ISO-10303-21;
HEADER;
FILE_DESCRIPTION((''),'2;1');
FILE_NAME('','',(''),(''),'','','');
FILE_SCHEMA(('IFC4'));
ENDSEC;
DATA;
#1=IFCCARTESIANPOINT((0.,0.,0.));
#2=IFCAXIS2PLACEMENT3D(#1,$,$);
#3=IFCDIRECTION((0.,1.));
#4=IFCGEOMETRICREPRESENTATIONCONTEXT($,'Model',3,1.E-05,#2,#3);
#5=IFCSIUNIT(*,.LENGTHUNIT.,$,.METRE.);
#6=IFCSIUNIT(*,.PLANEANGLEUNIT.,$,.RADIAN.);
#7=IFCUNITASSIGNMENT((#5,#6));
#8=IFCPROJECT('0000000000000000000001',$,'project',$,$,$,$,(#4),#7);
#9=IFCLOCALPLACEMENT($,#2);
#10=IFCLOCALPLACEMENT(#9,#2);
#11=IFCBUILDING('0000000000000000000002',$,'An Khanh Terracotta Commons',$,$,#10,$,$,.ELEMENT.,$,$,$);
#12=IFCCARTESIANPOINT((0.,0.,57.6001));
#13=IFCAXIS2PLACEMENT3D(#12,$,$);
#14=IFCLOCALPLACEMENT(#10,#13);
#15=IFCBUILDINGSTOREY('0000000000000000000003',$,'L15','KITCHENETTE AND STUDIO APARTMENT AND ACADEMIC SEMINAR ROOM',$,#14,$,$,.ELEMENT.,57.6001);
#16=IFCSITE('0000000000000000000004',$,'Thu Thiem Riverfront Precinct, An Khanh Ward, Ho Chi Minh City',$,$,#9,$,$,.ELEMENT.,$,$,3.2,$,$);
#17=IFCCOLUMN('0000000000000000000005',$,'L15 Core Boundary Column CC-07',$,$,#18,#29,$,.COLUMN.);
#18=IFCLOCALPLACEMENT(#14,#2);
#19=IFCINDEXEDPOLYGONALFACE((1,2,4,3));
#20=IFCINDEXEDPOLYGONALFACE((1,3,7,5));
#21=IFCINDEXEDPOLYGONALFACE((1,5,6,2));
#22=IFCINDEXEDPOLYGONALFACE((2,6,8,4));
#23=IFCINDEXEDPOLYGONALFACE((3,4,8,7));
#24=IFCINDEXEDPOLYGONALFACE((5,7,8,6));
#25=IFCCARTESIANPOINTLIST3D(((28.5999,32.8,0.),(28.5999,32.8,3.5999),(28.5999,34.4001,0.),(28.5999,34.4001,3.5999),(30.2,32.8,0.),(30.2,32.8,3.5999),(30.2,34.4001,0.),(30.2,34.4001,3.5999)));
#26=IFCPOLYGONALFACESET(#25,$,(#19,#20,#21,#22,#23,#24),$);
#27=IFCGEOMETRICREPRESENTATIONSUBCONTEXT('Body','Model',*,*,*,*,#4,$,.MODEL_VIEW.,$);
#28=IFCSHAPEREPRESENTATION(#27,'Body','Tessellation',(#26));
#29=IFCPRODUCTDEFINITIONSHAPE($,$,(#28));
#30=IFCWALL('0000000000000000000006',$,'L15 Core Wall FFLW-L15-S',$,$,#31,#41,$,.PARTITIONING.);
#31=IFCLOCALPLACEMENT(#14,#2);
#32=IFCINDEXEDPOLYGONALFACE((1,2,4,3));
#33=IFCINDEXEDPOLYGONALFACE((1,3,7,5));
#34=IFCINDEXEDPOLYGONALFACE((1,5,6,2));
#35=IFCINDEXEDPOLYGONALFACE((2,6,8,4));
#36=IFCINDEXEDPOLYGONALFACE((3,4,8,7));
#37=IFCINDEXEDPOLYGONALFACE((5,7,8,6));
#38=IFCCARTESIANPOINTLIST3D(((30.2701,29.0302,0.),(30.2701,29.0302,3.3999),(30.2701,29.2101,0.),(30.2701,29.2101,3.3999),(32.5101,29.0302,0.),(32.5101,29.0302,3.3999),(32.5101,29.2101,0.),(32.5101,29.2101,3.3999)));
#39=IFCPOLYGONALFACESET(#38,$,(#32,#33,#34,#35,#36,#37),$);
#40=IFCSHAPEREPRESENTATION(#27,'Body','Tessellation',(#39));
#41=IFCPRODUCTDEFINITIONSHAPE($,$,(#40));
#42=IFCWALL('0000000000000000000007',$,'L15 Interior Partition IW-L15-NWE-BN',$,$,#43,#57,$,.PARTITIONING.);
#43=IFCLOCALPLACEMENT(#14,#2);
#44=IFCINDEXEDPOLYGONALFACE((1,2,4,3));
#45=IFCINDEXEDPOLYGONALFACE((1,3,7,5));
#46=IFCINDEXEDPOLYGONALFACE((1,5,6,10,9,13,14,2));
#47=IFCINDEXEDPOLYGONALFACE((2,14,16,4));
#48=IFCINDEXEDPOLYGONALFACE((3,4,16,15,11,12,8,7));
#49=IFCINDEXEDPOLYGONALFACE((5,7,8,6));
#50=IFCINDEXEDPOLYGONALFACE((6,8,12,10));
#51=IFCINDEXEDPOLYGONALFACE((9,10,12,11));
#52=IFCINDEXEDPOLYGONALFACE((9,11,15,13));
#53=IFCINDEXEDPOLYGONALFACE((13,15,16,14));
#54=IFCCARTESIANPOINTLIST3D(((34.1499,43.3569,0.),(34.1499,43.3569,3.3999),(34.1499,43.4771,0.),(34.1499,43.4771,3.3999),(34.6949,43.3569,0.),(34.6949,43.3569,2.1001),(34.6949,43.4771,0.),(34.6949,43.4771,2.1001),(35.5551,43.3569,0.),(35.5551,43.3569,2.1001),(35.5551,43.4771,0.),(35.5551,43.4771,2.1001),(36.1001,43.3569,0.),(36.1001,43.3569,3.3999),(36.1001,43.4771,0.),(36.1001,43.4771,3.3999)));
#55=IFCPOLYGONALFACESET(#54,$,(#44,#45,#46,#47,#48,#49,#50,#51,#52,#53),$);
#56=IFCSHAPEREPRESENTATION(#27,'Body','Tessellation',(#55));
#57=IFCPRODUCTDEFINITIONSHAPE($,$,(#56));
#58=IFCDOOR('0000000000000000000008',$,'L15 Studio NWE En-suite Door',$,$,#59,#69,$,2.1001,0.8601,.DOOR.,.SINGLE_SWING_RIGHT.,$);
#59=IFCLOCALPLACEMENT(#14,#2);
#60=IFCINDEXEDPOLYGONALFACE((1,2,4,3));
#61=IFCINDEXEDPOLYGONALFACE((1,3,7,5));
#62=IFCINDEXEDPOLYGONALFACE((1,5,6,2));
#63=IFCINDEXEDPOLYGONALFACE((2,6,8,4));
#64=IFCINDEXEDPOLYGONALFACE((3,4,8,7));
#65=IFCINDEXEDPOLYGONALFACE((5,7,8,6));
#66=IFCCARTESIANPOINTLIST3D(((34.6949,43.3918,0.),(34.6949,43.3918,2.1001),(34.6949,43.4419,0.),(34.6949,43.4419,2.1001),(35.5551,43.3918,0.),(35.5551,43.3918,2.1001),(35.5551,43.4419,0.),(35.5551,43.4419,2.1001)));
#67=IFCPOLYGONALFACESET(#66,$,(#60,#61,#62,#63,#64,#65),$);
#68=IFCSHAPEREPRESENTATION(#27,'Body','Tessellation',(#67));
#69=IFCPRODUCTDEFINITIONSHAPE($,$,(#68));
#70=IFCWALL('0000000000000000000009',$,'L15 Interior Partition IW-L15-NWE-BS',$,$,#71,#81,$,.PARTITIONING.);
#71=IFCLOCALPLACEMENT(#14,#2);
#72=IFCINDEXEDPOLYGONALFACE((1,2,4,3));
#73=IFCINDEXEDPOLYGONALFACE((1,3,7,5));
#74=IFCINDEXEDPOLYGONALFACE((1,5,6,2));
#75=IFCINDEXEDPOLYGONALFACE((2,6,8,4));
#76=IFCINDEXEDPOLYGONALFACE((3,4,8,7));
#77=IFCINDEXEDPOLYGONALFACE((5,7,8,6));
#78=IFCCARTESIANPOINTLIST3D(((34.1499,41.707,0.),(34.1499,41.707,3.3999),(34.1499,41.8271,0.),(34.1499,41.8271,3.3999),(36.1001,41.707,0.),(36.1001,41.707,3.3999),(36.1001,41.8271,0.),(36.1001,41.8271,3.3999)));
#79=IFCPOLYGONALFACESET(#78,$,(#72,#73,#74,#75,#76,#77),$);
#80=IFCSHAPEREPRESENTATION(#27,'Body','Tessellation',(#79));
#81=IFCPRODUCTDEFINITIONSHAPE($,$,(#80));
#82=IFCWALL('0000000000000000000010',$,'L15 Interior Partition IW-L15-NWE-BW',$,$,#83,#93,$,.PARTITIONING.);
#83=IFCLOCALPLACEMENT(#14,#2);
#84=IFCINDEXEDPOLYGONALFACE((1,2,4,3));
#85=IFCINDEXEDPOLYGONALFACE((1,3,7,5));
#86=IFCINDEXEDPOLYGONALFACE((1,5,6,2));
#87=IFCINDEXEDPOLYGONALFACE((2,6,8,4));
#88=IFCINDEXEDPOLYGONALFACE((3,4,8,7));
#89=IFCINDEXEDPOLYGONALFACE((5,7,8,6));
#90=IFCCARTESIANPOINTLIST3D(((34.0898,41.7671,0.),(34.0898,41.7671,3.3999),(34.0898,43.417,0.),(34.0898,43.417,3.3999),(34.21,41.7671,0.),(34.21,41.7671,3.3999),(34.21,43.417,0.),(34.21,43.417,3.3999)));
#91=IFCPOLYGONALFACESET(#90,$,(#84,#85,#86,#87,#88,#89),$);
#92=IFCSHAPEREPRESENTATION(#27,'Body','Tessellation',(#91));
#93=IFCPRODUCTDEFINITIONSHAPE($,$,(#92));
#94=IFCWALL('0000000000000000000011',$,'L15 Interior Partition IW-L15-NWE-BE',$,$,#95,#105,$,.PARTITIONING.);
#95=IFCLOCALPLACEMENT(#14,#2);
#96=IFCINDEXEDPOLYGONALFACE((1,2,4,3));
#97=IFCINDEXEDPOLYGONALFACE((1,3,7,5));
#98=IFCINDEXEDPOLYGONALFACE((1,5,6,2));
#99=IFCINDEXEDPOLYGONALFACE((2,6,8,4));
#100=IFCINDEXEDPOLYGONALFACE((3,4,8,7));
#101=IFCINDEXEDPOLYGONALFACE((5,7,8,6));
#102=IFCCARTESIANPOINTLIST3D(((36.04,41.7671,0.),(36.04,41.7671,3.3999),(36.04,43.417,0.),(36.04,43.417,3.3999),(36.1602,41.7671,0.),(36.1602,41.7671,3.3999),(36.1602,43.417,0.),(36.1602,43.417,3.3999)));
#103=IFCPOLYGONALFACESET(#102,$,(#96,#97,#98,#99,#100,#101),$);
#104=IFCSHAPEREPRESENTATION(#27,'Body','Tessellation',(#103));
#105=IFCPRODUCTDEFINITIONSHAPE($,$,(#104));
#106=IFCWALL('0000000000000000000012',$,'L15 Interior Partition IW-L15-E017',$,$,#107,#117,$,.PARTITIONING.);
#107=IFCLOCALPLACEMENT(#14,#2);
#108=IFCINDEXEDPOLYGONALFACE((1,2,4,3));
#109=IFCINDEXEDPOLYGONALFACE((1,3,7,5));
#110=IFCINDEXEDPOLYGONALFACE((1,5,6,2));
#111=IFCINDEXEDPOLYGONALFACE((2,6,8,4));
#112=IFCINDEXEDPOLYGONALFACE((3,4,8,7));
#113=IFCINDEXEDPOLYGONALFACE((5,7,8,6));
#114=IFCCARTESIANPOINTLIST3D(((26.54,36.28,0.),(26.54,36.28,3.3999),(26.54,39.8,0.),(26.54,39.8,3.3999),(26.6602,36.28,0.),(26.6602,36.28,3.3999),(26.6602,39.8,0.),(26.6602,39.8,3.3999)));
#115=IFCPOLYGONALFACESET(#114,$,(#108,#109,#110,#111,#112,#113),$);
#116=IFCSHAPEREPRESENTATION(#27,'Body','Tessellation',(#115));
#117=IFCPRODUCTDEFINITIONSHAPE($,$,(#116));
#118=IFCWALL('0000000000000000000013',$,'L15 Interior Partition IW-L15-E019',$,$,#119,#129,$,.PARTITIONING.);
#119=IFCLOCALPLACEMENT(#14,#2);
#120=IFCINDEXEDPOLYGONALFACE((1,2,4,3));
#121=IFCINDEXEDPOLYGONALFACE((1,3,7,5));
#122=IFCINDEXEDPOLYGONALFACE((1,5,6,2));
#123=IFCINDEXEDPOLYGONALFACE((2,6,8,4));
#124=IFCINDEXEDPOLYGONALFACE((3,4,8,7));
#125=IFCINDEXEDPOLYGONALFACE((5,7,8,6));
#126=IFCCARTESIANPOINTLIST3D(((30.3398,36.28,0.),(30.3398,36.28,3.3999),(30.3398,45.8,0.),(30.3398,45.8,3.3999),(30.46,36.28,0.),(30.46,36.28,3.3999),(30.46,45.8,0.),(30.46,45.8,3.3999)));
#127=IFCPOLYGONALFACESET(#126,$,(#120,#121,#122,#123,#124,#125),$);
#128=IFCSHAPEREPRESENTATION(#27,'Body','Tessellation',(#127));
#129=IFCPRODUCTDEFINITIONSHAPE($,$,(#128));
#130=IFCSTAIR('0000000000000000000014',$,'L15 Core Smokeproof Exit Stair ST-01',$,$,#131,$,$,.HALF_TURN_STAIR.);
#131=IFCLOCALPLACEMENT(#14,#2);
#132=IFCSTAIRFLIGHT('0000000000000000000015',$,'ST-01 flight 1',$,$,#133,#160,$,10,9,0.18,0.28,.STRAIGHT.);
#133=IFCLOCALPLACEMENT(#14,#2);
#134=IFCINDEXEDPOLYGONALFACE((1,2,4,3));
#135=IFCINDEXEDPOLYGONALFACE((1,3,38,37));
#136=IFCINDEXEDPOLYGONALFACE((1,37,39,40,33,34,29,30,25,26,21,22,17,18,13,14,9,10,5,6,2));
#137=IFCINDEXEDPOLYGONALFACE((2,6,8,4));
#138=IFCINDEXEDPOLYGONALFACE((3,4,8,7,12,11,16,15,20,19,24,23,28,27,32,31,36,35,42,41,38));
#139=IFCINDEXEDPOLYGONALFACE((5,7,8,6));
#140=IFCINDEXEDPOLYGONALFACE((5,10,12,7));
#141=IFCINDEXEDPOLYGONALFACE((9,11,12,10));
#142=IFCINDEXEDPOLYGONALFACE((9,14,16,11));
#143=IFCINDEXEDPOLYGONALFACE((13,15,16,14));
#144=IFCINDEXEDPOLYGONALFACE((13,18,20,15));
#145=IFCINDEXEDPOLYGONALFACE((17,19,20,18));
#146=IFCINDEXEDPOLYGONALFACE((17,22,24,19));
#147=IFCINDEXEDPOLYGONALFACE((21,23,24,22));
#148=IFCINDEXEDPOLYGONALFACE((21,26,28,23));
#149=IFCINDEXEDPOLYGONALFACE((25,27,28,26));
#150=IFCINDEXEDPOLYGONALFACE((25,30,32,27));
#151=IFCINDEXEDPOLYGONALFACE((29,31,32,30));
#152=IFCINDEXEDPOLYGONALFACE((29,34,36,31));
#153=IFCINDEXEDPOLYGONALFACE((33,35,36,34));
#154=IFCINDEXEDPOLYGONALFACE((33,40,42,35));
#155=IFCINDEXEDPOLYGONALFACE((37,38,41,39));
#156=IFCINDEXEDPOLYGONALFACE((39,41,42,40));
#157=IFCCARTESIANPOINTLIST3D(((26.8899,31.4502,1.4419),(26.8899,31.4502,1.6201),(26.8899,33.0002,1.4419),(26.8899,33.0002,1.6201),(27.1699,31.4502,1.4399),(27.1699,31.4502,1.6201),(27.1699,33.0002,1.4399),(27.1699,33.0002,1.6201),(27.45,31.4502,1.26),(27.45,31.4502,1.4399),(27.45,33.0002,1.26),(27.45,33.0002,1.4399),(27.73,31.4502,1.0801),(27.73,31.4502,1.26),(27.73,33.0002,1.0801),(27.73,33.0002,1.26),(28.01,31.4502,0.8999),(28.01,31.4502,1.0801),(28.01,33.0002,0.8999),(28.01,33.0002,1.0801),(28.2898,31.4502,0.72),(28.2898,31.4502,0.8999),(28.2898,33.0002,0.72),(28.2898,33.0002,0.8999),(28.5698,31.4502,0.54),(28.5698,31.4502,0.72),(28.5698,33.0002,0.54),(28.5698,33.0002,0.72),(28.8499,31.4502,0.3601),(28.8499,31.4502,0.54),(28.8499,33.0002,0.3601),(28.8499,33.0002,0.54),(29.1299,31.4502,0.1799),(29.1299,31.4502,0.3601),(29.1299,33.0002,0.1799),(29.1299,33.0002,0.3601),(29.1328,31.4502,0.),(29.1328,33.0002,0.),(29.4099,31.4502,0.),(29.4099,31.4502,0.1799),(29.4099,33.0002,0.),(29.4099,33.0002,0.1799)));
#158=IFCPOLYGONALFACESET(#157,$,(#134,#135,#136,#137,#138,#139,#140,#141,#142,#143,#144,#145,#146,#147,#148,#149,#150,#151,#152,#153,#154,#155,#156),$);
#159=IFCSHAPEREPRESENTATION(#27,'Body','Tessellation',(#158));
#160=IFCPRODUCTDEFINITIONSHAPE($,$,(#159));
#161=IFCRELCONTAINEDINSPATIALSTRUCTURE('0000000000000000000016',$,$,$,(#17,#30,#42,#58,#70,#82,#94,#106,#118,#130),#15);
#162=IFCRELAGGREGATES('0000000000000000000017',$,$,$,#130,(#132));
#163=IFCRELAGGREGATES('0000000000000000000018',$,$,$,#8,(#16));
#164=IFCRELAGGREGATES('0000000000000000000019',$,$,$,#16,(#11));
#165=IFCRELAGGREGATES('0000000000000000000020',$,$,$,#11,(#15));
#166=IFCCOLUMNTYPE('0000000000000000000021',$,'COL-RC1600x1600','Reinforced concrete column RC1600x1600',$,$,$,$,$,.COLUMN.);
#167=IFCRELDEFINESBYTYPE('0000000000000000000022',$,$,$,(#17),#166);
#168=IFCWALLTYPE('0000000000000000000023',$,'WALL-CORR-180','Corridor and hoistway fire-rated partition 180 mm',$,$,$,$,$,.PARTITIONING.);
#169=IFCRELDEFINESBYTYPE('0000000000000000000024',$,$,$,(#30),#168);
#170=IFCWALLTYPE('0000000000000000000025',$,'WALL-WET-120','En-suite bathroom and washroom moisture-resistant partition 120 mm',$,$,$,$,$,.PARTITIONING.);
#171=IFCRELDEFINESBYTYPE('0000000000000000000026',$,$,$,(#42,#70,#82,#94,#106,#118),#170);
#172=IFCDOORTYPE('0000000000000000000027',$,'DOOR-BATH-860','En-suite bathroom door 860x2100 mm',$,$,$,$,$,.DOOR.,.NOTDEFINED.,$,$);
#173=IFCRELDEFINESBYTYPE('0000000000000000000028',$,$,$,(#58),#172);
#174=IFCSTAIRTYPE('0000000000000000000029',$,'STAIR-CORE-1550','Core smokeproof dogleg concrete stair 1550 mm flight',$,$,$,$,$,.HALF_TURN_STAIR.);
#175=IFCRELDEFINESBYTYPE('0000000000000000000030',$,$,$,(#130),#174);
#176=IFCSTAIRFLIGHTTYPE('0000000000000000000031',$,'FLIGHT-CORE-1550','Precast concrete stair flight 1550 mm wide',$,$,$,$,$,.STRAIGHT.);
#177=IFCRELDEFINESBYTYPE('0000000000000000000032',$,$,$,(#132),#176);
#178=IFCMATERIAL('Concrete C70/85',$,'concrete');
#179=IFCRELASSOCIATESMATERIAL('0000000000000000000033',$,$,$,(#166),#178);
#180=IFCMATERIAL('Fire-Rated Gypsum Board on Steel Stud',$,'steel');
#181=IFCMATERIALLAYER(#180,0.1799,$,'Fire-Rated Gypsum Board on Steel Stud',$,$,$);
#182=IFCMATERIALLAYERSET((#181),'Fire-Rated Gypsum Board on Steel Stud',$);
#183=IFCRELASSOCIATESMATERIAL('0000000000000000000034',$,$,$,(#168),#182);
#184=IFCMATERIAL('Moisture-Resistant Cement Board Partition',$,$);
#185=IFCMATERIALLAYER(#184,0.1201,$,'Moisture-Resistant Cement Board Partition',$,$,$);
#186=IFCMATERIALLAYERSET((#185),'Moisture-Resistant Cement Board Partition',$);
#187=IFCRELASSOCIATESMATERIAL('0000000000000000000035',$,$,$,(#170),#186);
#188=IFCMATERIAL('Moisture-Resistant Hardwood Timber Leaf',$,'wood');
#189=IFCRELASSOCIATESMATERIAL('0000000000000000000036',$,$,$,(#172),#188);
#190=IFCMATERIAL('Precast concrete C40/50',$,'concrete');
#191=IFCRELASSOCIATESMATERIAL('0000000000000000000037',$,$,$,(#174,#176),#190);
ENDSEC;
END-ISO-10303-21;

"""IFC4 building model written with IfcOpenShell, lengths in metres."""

from ifc_helpers import new_model, si_unit, direction, frame, frame_2d, origin, origin_2d, place, context, subcontext, project, spatial, polyline, rectangle, outline, extrude, material, layer, layer_set, material_profile, profile_set, type_object, element, fill, aggregate, save


model = new_model("IFC4")

# Units and contexts
model_context = context("Model", 3, precision=1e-05, world=origin(), true_north=direction((0.0, 1.0)))
body_context = subcontext(model_context, "Body", "Model", "MODEL_VIEW")
ifc_project = project(units=[si_unit("LENGTHUNIT", "METRE"), si_unit("PLANEANGLEUNIT", "RADIAN")], contexts=[model_context])

# Site, building, storey
site_placement = place(None, origin())
site = spatial("IfcSite", under=ifc_project, at=site_placement, Name="Thu Thiem Riverfront Precinct, An Khanh Ward, Ho Chi Minh City", CompositionType="ELEMENT", RefElevation=3.2)
building_placement = place(site_placement, origin())
building = spatial("IfcBuilding", under=site, at=building_placement, Name="An Khanh Terracotta Commons", CompositionType="ELEMENT")
storey_placement = place(building_placement, frame((0.0, 0.0, 57.6001)))
storey = spatial("IfcBuildingStorey", under=building, at=storey_placement, Name="L15", Description="KITCHENETTE AND STUDIO APARTMENT AND ACADEMIC SEMINAR ROOM", CompositionType="ELEMENT", Elevation=57.6001)

# Column
ifc_material_1 = material(Name="Concrete C70/85", Category="concrete")
ifc_material_profile = material_profile(ifc_material_1, rectangle(XDim=1.6001, YDim=1.6001, at=origin_2d()), Name="RC1600x1600")
ifc_profile_set = profile_set([ifc_material_profile], Name="Concrete C70/85")
column_type = type_object("IfcColumnType", Name="COL-RC1600x1600", Description="Reinforced concrete column RC1600x1600", PredefinedType="COLUMN", material=ifc_profile_set)
column_placement = place(storey_placement, frame((29.3999, 33.6001, 0.0), z_axis=(0.0, 0.0, 1.0), x_axis=(1.0, 0.0, 0.0)))
element("IfcColumn", 1, at=column_placement, inside=storey, type_object=column_type, Name="L15 Core Boundary Column CC-07", PredefinedType="COLUMN", context=body_context, shape_type="SweptSolid", body=[
    extrude(rectangle(XDim=1.6001, YDim=1.6001, at=origin_2d()), origin(), (0.0, 0.0, 1.0), 3.5999),
])

# Wall
ifc_material_2 = material(Name="Fire-Rated Gypsum Board on Steel Stud", Category="steel")
ifc_layer_1 = layer(ifc_material_2, 0.1799, Name="Fire-Rated Gypsum Board on Steel Stud")
ifc_layer_set_1 = layer_set([ifc_layer_1], Name="Fire-Rated Gypsum Board on Steel Stud")
wall_type_1 = type_object("IfcWallType", Name="WALL-CORR-180", Description="Corridor and hoistway fire-rated partition 180 mm", PredefinedType="PARTITIONING", material=ifc_layer_set_1)
wall_1_placement = place(storey_placement, frame((30.27, 29.1201, 0.0), z_axis=(0.0, 0.0, 1.0), x_axis=(1.0, 0.0, 0.0)))
element("IfcWall", 2, at=wall_1_placement, inside=storey, type_object=wall_type_1, Name="L15 Core Wall FFLW-L15-S", PredefinedType="PARTITIONING", context=body_context, shape_type="SweptSolid", body=[
    extrude(rectangle(XDim=2.24, YDim=0.1799, at=frame_2d((1.1201, 0.0))), origin(), (0.0, 0.0, 1.0), 3.3999),
])

# Wall, opening, door
ifc_material_3 = material(Name="Moisture-Resistant Cement Board Partition")
ifc_layer_2 = layer(ifc_material_3, 0.1201, Name="Moisture-Resistant Cement Board Partition")
ifc_layer_set_2 = layer_set([ifc_layer_2], Name="Moisture-Resistant Cement Board Partition")
wall_type_2 = type_object("IfcWallType", Name="WALL-WET-120", Description="En-suite bathroom and washroom moisture-resistant partition 120 mm", PredefinedType="PARTITIONING", material=ifc_layer_set_2)
wall_2_placement = place(storey_placement, frame((34.1499, 43.417, 0.0), z_axis=(0.0, 0.0, 1.0), x_axis=(1.0, 0.0, 0.0)))
wall_2 = element("IfcWall", 3, at=wall_2_placement, inside=storey, type_object=wall_type_2, Name="L15 Interior Partition IW-L15-NWE-BN", PredefinedType="PARTITIONING", context=body_context, shape_type="SweptSolid", body=[
    extrude(rectangle(XDim=1.9502, YDim=0.1201, at=frame_2d((0.9751, 0.0))), origin(), (0.0, 0.0, 1.0), 3.3999),
])
opening_1_placement = place(wall_2_placement, frame((0.5449, 0.0, 0.0)))
opening_1 = element("IfcOpeningElement", 4, at=opening_1_placement, cuts=wall_2, PredefinedType="OPENING", context=body_context, shape_type="SweptSolid", body=[
    extrude(rectangle(XDim=0.8601, YDim=2.1001, at=frame_2d((0.4302, 1.05))), frame((0.0, 0.0701, 0.0), z_axis=(0.0, -1.0, 0.0), x_axis=(1.0, 0.0, 0.0)), (0.0, 0.0, 1.0), 0.1401),
])
ifc_material_4 = material(Name="Moisture-Resistant Hardwood Timber Leaf", Category="wood")
door_type_1 = type_object("IfcDoorType", Name="DOOR-BATH-860", Description="En-suite bathroom door 860x2100 mm", OperationType="NOTDEFINED", PredefinedType="DOOR", material=ifc_material_4)
door_1_placement = place(opening_1_placement, origin())
door_1 = element("IfcDoor", 5, at=door_1_placement, inside=storey, type_object=door_type_1, Name="L15 Studio NWE En-suite Door", OperationType="SINGLE_SWING_RIGHT", OverallHeight=2.1001, OverallWidth=0.8601, PredefinedType="DOOR", context=body_context, shape_type="SweptSolid", body=[
    extrude(rectangle(XDim=0.8601, YDim=2.1001, at=frame_2d((0.4302, 1.05))), frame((0.0, 0.0249, 0.0), z_axis=(0.0, -1.0, 0.0), x_axis=(1.0, 0.0, 0.0)), (0.0, 0.0, 1.0), 0.05),
])
fill(opening_1, door_1)

# Walls
wall_3_placement = place(storey_placement, frame((36.1001, 41.7671, 0.0), z_axis=(0.0, 0.0, 1.0), x_axis=(-1.0, 0.0, 0.0)))
element("IfcWall", 6, at=wall_3_placement, inside=storey, type_object=wall_type_2, Name="L15 Interior Partition IW-L15-NWE-BS", PredefinedType="PARTITIONING", context=body_context, shape_type="SweptSolid", body=[
    extrude(rectangle(XDim=1.9502, YDim=0.1201, at=frame_2d((0.9751, 0.0))), origin(), (0.0, 0.0, 1.0), 3.3999),
])
for number, where, z_axis, x_axis, name in (
    (7, (34.1499, 43.417, 0.0), (0.0, 0.0, 1.0), (0.0, -1.0, 0.0), "L15 Interior Partition IW-L15-NWE-BW"),
    (8, (36.1001, 41.7671, 0.0), (0.0, 0.0, 1.0), (0.0, 1.0, 0.0), "L15 Interior Partition IW-L15-NWE-BE"),
):
    element("IfcWall", number, at=place(storey_placement, frame(where, z_axis=z_axis, x_axis=x_axis)), inside=storey, type_object=wall_type_2, Name=name, PredefinedType="PARTITIONING", context=body_context, shape_type="SweptSolid", body=[
        extrude(rectangle(XDim=1.6499, YDim=0.1201, at=frame_2d((0.825, 0.0))), origin(), (0.0, 0.0, 1.0), 3.3999),
    ])
wall_4_placement = place(storey_placement, frame((26.6001, 36.28, 0.0), z_axis=(0.0, 0.0, 1.0), x_axis=(0.0, 1.0, 0.0)))
element("IfcWall", 9, at=wall_4_placement, inside=storey, type_object=wall_type_2, Name="L15 Interior Partition IW-L15-E017", PredefinedType="PARTITIONING", context=body_context, shape_type="SweptSolid", body=[
    extrude(rectangle(XDim=3.52, YDim=0.1201, at=frame_2d((1.76, 0.0))), origin(), (0.0, 0.0, 1.0), 3.3999),
])
wall_5_placement = place(storey_placement, frame((30.3999, 36.28, 0.0), z_axis=(0.0, 0.0, 1.0), x_axis=(0.0, 1.0, 0.0)))
element("IfcWall", 10, at=wall_5_placement, inside=storey, type_object=wall_type_2, Name="L15 Interior Partition IW-L15-E019", PredefinedType="PARTITIONING", context=body_context, shape_type="SweptSolid", body=[
    extrude(rectangle(XDim=9.52, YDim=0.1201, at=frame_2d((4.76, 0.0))), origin(), (0.0, 0.0, 1.0), 3.3999),
])

# Stair, stair flight
ifc_material_5 = material(Name="Precast concrete C40/50", Category="concrete")
stair_type = type_object("IfcStairType", Name="STAIR-CORE-1550", Description="Core smokeproof dogleg concrete stair 1550 mm flight", PredefinedType="HALF_TURN_STAIR", material=ifc_material_5)
stair_placement = place(storey_placement, origin())
stair = element("IfcStair", 11, at=stair_placement, inside=storey, type_object=stair_type, Name="L15 Core Smokeproof Exit Stair ST-01", PredefinedType="HALF_TURN_STAIR")
stair_flight_type = type_object("IfcStairFlightType", Name="FLIGHT-CORE-1550", Description="Precast concrete stair flight 1550 mm wide", PredefinedType="STRAIGHT", material=ifc_material_5)
stair_flight_1_placement = place(storey_placement, frame((29.4099, 32.2251, 0.0), z_axis=(0.0, 0.0, 1.0), x_axis=(-1.0, 0.0, 0.0)))
stair_flight_1 = element("IfcStairFlight", 12, at=stair_flight_1_placement, type_object=stair_flight_type, Name="ST-01 flight 1", NumberOfRisers=10, NumberOfTreads=9, PredefinedType="STRAIGHT", RiserHeight=0.18, TreadLength=0.28, context=body_context, shape_type="SweptSolid", body=[
    extrude(outline(polyline([(0.0, 0.0), (0.0, 0.1799), (0.28, 0.1799), (0.28, 0.3601), (0.5601, 0.3601), (0.5601, 0.54), (0.8401, 0.54), (0.8401, 0.72), (1.1201, 0.72), (1.1201, 0.8999), (1.3999, 0.8999), (1.3999, 1.0801), (1.6799, 1.0801), (1.6799, 1.26), (1.96, 1.26), (1.96, 1.4399), (2.24, 1.4399), (2.24, 1.6201), (2.52, 1.6201), (2.52, 1.8), (2.52, 1.4419), (0.2771, 0.0), (0.0, 0.0)])), frame((0.0, 0.7749, 0.0), z_axis=(0.0, -1.0, 0.0), x_axis=(1.0, 0.0, 0.0)), (0.0, 0.0, 1.0), 1.55),
])
aggregate(stair, [stair_flight_1])

save(model, "model.ifc")
